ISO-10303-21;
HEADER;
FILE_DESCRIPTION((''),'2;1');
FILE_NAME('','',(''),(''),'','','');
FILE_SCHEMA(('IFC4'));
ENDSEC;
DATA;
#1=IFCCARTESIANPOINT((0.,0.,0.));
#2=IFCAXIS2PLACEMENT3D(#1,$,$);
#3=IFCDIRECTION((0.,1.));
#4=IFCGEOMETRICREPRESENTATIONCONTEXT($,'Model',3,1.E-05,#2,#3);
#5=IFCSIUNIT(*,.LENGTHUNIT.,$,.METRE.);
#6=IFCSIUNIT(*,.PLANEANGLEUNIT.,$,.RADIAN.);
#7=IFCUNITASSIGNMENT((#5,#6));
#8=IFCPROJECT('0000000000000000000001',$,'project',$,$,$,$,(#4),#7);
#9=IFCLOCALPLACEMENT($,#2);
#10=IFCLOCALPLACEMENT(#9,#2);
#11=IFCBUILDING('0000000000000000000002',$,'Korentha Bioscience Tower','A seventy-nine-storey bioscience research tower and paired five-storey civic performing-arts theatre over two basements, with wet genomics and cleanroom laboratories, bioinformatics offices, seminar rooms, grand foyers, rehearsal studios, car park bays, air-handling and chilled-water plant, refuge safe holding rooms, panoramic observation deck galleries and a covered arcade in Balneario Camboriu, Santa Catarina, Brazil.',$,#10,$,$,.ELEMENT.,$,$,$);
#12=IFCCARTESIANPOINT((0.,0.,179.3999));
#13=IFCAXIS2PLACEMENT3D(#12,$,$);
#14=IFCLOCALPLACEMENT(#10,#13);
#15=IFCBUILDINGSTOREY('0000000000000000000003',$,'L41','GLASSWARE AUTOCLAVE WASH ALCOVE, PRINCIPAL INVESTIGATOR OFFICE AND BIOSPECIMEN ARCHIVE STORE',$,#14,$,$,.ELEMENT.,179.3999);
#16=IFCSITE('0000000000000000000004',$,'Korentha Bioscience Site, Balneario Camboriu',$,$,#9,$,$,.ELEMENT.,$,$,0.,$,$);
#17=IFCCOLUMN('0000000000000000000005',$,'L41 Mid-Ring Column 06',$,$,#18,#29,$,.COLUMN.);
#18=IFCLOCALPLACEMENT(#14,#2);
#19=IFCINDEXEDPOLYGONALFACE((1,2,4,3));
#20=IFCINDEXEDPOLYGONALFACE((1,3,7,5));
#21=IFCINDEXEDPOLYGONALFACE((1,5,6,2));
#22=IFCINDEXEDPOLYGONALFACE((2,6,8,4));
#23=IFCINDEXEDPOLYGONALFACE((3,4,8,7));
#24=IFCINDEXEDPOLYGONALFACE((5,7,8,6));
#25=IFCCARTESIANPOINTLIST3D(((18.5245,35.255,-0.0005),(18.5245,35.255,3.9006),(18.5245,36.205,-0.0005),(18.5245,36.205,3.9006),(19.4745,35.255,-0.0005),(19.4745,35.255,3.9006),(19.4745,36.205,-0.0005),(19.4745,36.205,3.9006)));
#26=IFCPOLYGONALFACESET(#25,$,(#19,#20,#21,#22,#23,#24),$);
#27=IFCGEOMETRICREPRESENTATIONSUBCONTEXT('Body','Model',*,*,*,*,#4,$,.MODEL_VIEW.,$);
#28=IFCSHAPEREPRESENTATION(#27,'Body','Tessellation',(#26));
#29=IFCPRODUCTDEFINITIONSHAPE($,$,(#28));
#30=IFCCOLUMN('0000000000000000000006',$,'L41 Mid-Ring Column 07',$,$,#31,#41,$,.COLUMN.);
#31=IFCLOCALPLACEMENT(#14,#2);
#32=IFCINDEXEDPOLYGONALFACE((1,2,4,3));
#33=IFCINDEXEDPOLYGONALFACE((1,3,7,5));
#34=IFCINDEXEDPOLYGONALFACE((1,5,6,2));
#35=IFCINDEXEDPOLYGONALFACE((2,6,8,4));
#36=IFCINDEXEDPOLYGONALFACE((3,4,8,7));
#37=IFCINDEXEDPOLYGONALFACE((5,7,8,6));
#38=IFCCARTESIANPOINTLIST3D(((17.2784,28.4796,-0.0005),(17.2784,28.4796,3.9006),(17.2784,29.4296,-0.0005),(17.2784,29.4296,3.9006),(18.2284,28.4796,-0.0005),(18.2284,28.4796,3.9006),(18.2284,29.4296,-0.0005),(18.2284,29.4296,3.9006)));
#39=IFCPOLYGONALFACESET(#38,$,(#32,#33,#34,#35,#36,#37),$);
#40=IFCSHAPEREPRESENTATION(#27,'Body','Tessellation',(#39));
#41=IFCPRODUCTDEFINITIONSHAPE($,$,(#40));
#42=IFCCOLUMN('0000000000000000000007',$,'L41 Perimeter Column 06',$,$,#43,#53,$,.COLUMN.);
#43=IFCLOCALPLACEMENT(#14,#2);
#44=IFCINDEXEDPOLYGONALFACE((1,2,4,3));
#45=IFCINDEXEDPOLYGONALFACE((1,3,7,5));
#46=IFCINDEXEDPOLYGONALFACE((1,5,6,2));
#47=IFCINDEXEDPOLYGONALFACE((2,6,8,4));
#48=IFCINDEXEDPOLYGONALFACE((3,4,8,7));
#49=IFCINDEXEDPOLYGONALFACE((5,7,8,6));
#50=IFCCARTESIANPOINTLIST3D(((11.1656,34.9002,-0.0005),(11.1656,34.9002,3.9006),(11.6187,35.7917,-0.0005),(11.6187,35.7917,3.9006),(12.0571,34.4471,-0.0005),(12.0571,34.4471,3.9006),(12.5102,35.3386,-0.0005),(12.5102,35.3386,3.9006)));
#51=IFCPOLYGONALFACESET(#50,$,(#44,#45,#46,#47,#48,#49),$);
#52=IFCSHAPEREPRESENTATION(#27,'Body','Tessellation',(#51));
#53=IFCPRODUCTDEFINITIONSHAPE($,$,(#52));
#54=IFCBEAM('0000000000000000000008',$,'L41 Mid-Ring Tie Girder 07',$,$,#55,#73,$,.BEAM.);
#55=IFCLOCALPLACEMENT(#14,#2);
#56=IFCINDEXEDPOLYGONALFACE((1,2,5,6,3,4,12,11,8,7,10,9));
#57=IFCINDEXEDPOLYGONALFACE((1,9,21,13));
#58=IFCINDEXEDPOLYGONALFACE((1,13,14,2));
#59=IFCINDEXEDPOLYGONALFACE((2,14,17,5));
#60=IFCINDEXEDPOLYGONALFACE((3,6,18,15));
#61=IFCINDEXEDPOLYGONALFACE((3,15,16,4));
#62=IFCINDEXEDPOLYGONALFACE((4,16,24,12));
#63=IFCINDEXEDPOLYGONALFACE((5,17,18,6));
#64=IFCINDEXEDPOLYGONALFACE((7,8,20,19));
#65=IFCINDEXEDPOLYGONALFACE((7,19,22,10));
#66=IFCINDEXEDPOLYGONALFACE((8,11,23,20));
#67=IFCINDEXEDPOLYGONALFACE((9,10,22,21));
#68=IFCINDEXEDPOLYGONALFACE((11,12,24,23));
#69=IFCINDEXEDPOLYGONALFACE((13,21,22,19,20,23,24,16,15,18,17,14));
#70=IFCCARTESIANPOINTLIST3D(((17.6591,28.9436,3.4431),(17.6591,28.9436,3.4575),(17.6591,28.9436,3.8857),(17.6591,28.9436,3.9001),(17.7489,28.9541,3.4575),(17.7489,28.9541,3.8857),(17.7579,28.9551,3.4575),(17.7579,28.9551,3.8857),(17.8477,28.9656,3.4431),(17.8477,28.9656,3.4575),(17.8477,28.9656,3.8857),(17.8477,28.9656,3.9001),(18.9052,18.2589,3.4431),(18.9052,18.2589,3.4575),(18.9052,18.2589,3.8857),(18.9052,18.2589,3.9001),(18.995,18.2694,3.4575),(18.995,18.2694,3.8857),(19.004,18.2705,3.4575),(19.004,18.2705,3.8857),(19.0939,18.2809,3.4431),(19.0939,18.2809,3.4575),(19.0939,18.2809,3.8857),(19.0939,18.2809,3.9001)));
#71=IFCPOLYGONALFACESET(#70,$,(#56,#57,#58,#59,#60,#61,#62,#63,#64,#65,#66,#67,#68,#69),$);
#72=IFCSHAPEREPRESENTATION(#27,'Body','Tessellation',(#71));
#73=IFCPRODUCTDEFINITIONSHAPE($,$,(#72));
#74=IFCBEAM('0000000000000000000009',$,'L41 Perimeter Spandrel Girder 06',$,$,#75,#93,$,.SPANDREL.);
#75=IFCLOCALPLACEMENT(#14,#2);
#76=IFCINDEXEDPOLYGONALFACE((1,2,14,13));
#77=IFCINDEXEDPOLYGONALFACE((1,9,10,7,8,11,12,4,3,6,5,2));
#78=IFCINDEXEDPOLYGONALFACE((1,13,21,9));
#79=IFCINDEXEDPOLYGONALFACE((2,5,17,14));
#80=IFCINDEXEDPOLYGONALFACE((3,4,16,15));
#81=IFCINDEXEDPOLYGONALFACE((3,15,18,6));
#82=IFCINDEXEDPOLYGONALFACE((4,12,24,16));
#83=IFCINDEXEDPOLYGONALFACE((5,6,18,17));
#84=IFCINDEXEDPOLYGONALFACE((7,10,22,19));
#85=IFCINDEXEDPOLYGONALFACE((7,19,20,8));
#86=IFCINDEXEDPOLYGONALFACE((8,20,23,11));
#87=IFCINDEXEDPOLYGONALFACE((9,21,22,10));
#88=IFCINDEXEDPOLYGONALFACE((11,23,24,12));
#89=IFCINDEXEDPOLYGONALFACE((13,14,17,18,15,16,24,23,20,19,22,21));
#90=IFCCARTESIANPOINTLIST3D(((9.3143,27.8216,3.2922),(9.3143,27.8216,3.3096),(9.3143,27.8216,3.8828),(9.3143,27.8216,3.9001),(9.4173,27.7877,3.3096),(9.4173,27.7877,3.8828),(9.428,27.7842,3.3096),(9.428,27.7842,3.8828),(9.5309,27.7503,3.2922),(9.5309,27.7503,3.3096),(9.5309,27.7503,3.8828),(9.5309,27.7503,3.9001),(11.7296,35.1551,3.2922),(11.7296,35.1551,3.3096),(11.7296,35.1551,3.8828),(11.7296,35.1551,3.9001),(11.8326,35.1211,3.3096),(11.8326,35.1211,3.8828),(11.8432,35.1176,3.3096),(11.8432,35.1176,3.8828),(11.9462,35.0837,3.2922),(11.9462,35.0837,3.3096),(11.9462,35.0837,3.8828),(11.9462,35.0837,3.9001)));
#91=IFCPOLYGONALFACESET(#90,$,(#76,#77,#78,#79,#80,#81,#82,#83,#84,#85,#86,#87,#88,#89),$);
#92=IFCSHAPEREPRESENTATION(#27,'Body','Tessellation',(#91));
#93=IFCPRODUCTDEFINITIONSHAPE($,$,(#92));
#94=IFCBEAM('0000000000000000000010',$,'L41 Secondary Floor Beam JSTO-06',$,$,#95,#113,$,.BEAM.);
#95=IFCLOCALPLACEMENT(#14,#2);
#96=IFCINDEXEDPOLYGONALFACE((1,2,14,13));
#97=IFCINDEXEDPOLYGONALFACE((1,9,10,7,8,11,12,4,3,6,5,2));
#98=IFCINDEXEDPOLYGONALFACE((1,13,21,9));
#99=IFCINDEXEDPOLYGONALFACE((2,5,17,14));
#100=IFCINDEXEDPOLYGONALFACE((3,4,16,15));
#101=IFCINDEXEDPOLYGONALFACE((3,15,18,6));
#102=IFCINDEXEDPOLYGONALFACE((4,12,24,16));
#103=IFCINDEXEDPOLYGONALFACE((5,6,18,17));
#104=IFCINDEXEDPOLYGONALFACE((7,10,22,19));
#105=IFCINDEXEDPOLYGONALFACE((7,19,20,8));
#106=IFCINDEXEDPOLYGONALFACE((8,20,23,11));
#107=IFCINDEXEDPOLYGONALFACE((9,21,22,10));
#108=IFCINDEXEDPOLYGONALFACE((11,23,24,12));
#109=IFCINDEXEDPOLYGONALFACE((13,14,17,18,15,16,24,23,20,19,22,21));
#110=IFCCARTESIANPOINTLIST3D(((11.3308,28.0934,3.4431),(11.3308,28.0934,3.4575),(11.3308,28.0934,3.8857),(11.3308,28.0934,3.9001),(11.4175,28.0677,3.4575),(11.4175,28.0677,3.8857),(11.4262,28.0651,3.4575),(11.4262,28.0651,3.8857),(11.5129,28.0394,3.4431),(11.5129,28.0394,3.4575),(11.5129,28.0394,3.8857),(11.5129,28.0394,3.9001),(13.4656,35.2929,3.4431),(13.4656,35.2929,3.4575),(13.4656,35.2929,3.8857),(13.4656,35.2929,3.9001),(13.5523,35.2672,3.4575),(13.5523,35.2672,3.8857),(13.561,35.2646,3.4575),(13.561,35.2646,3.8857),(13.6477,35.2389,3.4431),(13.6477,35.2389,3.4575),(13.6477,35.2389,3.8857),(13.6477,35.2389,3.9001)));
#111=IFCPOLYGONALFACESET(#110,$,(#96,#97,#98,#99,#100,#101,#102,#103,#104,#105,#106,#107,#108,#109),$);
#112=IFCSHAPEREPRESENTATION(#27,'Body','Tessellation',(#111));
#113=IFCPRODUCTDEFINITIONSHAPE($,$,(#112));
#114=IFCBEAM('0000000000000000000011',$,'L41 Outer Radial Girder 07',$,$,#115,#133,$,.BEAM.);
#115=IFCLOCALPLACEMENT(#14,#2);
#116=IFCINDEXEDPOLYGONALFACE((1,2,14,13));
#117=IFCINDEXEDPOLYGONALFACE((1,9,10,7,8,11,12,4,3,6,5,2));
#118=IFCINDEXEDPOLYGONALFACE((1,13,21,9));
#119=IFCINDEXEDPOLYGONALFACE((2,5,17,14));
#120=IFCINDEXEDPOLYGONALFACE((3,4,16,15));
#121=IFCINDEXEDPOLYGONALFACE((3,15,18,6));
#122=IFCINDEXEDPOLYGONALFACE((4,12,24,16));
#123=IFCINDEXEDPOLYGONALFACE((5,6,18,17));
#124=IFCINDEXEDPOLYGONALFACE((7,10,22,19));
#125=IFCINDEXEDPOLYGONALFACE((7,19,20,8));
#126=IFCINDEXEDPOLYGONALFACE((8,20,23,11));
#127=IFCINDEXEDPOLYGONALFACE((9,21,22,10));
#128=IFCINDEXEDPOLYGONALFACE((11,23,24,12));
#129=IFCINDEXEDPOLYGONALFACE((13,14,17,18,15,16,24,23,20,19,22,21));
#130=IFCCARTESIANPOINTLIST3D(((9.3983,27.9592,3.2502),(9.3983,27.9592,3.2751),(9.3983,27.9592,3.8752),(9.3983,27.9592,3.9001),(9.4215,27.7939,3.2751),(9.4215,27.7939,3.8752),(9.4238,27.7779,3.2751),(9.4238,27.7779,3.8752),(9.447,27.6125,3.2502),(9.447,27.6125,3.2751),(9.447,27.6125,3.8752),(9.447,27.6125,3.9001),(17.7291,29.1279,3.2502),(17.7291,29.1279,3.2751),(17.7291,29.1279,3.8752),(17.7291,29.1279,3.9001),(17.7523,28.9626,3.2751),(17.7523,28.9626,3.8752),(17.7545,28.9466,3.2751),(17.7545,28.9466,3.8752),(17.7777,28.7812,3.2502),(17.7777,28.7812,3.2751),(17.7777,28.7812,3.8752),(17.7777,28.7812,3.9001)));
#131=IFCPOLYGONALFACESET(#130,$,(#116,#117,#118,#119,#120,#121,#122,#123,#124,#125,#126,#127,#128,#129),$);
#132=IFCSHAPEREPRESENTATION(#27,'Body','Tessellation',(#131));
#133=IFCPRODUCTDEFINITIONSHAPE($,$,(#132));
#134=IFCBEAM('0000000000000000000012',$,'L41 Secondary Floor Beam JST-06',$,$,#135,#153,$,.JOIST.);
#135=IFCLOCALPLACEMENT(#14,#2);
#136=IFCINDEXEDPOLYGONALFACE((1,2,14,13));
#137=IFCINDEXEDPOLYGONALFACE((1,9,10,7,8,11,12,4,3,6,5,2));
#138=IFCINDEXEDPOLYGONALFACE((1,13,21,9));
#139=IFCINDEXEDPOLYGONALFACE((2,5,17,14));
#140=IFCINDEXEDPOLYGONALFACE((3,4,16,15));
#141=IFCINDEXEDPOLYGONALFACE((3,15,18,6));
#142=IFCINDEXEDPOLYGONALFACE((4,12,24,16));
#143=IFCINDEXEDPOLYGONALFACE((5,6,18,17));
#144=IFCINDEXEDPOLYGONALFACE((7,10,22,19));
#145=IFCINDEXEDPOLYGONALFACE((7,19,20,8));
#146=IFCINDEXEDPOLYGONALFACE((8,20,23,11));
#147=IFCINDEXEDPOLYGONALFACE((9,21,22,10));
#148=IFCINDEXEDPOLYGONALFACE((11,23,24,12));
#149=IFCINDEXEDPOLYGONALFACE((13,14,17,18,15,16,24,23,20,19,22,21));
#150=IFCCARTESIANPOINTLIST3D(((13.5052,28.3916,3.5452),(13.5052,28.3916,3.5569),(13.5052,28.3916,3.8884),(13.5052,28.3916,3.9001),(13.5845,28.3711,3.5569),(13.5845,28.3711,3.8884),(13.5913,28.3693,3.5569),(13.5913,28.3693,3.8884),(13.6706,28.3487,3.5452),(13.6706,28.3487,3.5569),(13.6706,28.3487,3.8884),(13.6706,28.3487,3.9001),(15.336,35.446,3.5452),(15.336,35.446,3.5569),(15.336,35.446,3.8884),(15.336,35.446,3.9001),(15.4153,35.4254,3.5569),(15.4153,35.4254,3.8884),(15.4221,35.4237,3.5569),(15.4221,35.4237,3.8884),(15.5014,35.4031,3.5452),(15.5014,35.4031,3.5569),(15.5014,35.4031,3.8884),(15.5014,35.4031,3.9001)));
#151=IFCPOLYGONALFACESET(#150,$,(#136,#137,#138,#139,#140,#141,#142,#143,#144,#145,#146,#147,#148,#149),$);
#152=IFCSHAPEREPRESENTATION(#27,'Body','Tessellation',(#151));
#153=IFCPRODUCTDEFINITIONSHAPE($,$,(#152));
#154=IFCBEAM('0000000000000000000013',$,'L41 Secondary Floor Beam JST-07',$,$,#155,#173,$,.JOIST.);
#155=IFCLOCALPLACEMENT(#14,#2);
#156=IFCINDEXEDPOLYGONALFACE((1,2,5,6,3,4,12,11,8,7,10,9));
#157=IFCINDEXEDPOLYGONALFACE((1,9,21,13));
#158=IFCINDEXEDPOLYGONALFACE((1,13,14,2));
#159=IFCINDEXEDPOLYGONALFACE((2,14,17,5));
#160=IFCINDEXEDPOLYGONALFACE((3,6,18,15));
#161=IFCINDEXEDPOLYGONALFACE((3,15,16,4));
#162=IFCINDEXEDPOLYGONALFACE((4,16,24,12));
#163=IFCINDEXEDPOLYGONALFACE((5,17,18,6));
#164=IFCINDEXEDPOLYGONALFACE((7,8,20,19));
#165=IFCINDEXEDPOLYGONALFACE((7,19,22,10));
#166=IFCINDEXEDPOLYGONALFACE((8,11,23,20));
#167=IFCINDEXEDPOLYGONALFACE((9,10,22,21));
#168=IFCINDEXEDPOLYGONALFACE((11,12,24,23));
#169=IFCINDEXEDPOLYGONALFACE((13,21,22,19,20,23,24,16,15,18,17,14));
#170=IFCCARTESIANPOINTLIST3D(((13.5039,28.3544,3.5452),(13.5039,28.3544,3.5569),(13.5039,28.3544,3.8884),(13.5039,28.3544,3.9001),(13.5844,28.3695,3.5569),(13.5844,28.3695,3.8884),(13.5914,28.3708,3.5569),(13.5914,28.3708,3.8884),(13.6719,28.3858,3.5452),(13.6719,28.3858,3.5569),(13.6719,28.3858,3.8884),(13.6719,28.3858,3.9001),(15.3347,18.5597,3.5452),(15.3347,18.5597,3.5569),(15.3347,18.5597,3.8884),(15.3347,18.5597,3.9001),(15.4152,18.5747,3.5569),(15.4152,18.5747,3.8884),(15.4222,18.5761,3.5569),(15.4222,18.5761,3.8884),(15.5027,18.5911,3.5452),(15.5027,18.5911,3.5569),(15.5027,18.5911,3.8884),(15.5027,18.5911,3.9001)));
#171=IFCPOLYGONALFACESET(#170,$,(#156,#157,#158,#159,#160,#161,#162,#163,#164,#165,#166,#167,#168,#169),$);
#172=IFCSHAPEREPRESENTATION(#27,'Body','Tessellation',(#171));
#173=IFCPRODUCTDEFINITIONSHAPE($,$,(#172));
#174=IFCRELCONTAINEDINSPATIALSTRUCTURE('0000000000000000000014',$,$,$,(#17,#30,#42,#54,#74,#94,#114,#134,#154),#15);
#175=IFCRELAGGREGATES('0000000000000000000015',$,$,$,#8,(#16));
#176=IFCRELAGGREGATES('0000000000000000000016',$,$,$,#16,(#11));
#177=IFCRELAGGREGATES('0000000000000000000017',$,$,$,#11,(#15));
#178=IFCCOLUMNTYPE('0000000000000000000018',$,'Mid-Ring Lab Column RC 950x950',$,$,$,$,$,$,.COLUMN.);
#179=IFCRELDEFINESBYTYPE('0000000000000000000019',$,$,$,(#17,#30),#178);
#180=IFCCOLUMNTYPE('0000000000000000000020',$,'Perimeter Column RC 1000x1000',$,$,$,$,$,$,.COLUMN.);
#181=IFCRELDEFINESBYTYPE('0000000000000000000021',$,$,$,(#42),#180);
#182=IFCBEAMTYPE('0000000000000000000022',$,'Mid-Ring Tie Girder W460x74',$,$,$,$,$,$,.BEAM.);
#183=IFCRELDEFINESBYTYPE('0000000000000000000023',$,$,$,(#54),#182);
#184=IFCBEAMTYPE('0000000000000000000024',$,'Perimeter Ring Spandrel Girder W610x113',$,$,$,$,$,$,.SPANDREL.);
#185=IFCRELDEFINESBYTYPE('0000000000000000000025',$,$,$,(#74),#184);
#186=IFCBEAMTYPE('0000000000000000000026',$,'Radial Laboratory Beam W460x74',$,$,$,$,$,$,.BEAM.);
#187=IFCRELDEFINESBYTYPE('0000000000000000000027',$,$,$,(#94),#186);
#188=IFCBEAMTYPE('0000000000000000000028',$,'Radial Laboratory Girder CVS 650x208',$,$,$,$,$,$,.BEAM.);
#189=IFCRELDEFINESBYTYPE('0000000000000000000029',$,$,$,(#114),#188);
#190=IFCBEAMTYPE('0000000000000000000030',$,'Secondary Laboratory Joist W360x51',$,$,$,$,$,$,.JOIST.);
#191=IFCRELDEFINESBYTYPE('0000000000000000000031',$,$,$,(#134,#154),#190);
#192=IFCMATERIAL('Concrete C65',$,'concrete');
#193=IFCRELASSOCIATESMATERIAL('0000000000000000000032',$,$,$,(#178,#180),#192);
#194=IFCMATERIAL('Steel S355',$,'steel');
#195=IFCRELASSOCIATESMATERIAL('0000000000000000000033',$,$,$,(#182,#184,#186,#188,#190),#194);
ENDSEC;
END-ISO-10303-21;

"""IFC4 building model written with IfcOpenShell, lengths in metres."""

from ifc_helpers import new_model, si_unit, direction, frame, origin, origin_2d, place, context, subcontext, project, spatial, rectangle, i_section, extrude, material, material_profile, profile_set, type_object, element, save


model = new_model("IFC4")

# Units and contexts
model_context = context("Model", 3, precision=1e-05, world=origin(), true_north=direction((0.0, 1.0)))
body_context = subcontext(model_context, "Body", "Model", "MODEL_VIEW")
ifc_project = project(units=[si_unit("LENGTHUNIT", "METRE"), si_unit("PLANEANGLEUNIT", "RADIAN")], contexts=[model_context])

# Site, building, storey
site_placement = place(None, origin())
site = spatial("IfcSite", under=ifc_project, at=site_placement, Name="Korentha Bioscience Site, Balneario Camboriu", CompositionType="ELEMENT", RefElevation=0.0)
building_placement = place(site_placement, origin())
building = spatial("IfcBuilding", under=site, at=building_placement, Name="Korentha Bioscience Tower", Description="A seventy-nine-storey bioscience research tower and paired five-storey civic performing-arts theatre over two basements, with wet genomics and cleanroom laboratories, bioinformatics offices, seminar rooms, grand foyers, rehearsal studios, car park bays, air-handling and chilled-water plant, refuge safe holding rooms, panoramic observation deck galleries and a covered arcade in Balneario Camboriu, Santa Catarina, Brazil.", CompositionType="ELEMENT")
storey_placement = place(building_placement, frame((0.0, 0.0, 179.3999)))
storey = spatial("IfcBuildingStorey", under=building, at=storey_placement, Name="L41", Description="GLASSWARE AUTOCLAVE WASH ALCOVE, PRINCIPAL INVESTIGATOR OFFICE AND BIOSPECIMEN ARCHIVE STORE", CompositionType="ELEMENT", Elevation=179.3999)

# Columns
ifc_material_1 = material(Name="Concrete C65", Category="concrete")
ifc_material_profile_1 = material_profile(ifc_material_1, rectangle(XDim=0.95, YDim=0.95, at=origin_2d()), Name="Concrete C65")
ifc_profile_set_1 = profile_set([ifc_material_profile_1], Name="Concrete C65 (COL-MR09)")
column_type_1 = type_object("IfcColumnType", Name="Mid-Ring Lab Column RC 950x950", PredefinedType="COLUMN", material=ifc_profile_set_1)
for number, where, z_axis, x_axis, name in (
    (1, (18.9995, 35.73, -0.0005), (0.0, 0.0, 1.0), (1.0, 0.0, 0.0), "L41 Mid-Ring Column 06"),
    (2, (17.7534, 28.9546, -0.0005), (0.0, 0.0, 1.0), (1.0, 0.0, 0.0), "L41 Mid-Ring Column 07"),
):
    element("IfcColumn", number, at=place(storey_placement, frame(where, z_axis=z_axis, x_axis=x_axis)), inside=storey, type_object=column_type_1, Name=name, PredefinedType="COLUMN", context=body_context, shape_type="SweptSolid", body=[
        extrude(rectangle(XDim=0.95, YDim=0.95, at=origin_2d()), origin(), (0.0, 0.0, 1.0), 3.9011),
    ])
ifc_material_profile_2 = material_profile(ifc_material_1, rectangle(XDim=1.0, YDim=1.0, at=origin_2d()), Name="Concrete C65")
ifc_profile_set_2 = profile_set([ifc_material_profile_2], Name="Concrete C65 (COL-P10)")
column_type_2 = type_object("IfcColumnType", Name="Perimeter Column RC 1000x1000", PredefinedType="COLUMN", material=ifc_profile_set_2)
column_placement = place(storey_placement, frame((11.8379, 35.1194, -0.0005), z_axis=(0.0, 0.0, 1.0), x_axis=(0.453057, 0.891481, 0.0)))
element("IfcColumn", 3, at=column_placement, inside=storey, type_object=column_type_2, Name="L41 Perimeter Column 06", PredefinedType="COLUMN", context=body_context, shape_type="SweptSolid", body=[
    extrude(rectangle(XDim=1.0, YDim=1.0, at=origin_2d()), origin(), (0.0, 0.0, 1.0), 3.9011),
])

# Beams
ifc_material_2 = material(Name="Steel S355", Category="steel")
ifc_material_profile_3 = material_profile(ifc_material_2, i_section(OverallWidth=0.1899, OverallDepth=0.457, WebThickness=0.009, FlangeThickness=0.0144, at=origin_2d()), Name="Steel S355")
ifc_profile_set_3 = profile_set([ifc_material_profile_3], Name="Steel S355 (MB-460)")
beam_type_1 = type_object("IfcBeamType", Name="Mid-Ring Tie Girder W460x74", PredefinedType="BEAM", material=ifc_profile_set_3)
beam_1_placement = place(storey_placement, frame((17.7534, 28.9546, 3.6716), z_axis=(0.11584, -0.993268, 0.0), x_axis=(0.993268, 0.11584, 0.0)))
element("IfcBeam", 4, at=beam_1_placement, inside=storey, type_object=beam_type_1, Name="L41 Mid-Ring Tie Girder 07", PredefinedType="BEAM", context=body_context, shape_type="SweptSolid", body=[
    extrude(i_section(OverallWidth=0.1899, OverallDepth=0.457, WebThickness=0.009, FlangeThickness=0.0144, at=origin_2d()), origin(), (0.0, 0.0, 1.0), 10.7571),
])
ifc_material_profile_4 = material_profile(ifc_material_2, i_section(OverallWidth=0.228, OverallDepth=0.6079, WebThickness=0.0112, FlangeThickness=0.0173, at=origin_2d()), Name="Steel S355")
ifc_profile_set_4 = profile_set([ifc_material_profile_4], Name="Steel S355 (SB-610)")
beam_type_2 = type_object("IfcBeamType", Name="Perimeter Ring Spandrel Girder W610x113", PredefinedType="SPANDREL", material=ifc_profile_set_4)
beam_2_placement = place(storey_placement, frame((11.8379, 35.1194, 3.5962), z_axis=(-0.31282, -0.949812, 0.0), x_axis=(0.949812, -0.31282, 0.0)))
element("IfcBeam", 5, at=beam_2_placement, inside=storey, type_object=beam_type_2, Name="L41 Perimeter Spandrel Girder 06", PredefinedType="SPANDREL", context=body_context, shape_type="SweptSolid", body=[
    extrude(i_section(OverallWidth=0.228, OverallDepth=0.6079, WebThickness=0.0112, FlangeThickness=0.0173, at=origin_2d()), origin(), (0.0, 0.0, 1.0), 7.7209),
])
ifc_material_profile_5 = material_profile(ifc_material_2, i_section(OverallWidth=0.1899, OverallDepth=0.457, WebThickness=0.009, FlangeThickness=0.0144, at=origin_2d()), Name="Steel S355")
ifc_profile_set_5 = profile_set([ifc_material_profile_5], Name="Steel S355 (RB-460)")
beam_type_3 = type_object("IfcBeamType", Name="Radial Laboratory Beam W460x74", PredefinedType="BEAM", material=ifc_profile_set_5)
beam_3_placement = place(storey_placement, frame((13.5566, 35.2659, 3.6716), z_axis=(-0.284283, -0.95874, 0.0), x_axis=(0.95874, -0.284283, 0.0)))
element("IfcBeam", 6, at=beam_3_placement, inside=storey, type_object=beam_type_3, Name="L41 Secondary Floor Beam JSTO-06", PredefinedType="BEAM", context=body_context, shape_type="SweptSolid", body=[
    extrude(i_section(OverallWidth=0.1899, OverallDepth=0.457, WebThickness=0.009, FlangeThickness=0.0144, at=origin_2d()), origin(), (0.0, 0.0, 1.0), 7.5093),
])
ifc_material_profile_6 = material_profile(ifc_material_2, i_section(OverallWidth=0.3501, OverallDepth=0.6499, WebThickness=0.0161, FlangeThickness=0.0249, at=origin_2d()), Name="Steel S355")
ifc_profile_set_6 = profile_set([ifc_material_profile_6], Name="Steel S355 (RB-650)")
beam_type_4 = type_object("IfcBeamType", Name="Radial Laboratory Girder CVS 650x208", PredefinedType="BEAM", material=ifc_profile_set_6)
beam_4_placement = place(storey_placement, frame((17.7534, 28.9546, 3.5752), z_axis=(-0.990303, -0.138926, 0.0), x_axis=(0.138926, -0.990303, 0.0)))
element("IfcBeam", 7, at=beam_4_placement, inside=storey, type_object=beam_type_4, Name="L41 Outer Radial Girder 07", PredefinedType="BEAM", context=body_context, shape_type="SweptSolid", body=[
    extrude(i_section(OverallWidth=0.3501, OverallDepth=0.6499, WebThickness=0.0161, FlangeThickness=0.0249, at=origin_2d()), origin(), (0.0, 0.0, 1.0), 8.4124),
])
ifc_material_profile_7 = material_profile(ifc_material_2, i_section(OverallWidth=0.1709, OverallDepth=0.355, WebThickness=0.0071, FlangeThickness=0.0117, at=origin_2d()), Name="Steel S355")
ifc_profile_set_7 = profile_set([ifc_material_profile_7], Name="Steel S355 (JB-360)")
beam_type_5 = type_object("IfcBeamType", Name="Secondary Laboratory Joist W360x51", PredefinedType="JOIST", material=ifc_profile_set_7)
beam_5_placement = place(storey_placement, frame((15.4187, 35.4246, 3.7227), z_axis=(-0.251204, -0.967934, 0.0), x_axis=(0.967934, -0.251204, 0.0)))
element("IfcBeam", 8, at=beam_5_placement, inside=storey, type_object=beam_type_5, Name="L41 Secondary Floor Beam JST-06", PredefinedType="JOIST", context=body_context, shape_type="SweptSolid", body=[
    extrude(i_section(OverallWidth=0.1709, OverallDepth=0.355, WebThickness=0.0071, FlangeThickness=0.0117, at=origin_2d()), origin(), (0.0, 0.0, 1.0), 7.2881),
])
beam_6_placement = place(storey_placement, frame((13.5879, 28.3701, 3.7227), z_axis=(0.183737, -0.982975, 0.0), x_axis=(0.982975, 0.183737, 0.0)))
element("IfcBeam", 9, at=beam_6_placement, inside=storey, type_object=beam_type_5, Name="L41 Secondary Floor Beam JST-07", PredefinedType="JOIST", context=body_context, shape_type="SweptSolid", body=[
    extrude(i_section(OverallWidth=0.1709, OverallDepth=0.355, WebThickness=0.0071, FlangeThickness=0.0117, at=origin_2d()), origin(), (0.0, 0.0, 1.0), 9.9644),
])

save(model, "model.ifc")
